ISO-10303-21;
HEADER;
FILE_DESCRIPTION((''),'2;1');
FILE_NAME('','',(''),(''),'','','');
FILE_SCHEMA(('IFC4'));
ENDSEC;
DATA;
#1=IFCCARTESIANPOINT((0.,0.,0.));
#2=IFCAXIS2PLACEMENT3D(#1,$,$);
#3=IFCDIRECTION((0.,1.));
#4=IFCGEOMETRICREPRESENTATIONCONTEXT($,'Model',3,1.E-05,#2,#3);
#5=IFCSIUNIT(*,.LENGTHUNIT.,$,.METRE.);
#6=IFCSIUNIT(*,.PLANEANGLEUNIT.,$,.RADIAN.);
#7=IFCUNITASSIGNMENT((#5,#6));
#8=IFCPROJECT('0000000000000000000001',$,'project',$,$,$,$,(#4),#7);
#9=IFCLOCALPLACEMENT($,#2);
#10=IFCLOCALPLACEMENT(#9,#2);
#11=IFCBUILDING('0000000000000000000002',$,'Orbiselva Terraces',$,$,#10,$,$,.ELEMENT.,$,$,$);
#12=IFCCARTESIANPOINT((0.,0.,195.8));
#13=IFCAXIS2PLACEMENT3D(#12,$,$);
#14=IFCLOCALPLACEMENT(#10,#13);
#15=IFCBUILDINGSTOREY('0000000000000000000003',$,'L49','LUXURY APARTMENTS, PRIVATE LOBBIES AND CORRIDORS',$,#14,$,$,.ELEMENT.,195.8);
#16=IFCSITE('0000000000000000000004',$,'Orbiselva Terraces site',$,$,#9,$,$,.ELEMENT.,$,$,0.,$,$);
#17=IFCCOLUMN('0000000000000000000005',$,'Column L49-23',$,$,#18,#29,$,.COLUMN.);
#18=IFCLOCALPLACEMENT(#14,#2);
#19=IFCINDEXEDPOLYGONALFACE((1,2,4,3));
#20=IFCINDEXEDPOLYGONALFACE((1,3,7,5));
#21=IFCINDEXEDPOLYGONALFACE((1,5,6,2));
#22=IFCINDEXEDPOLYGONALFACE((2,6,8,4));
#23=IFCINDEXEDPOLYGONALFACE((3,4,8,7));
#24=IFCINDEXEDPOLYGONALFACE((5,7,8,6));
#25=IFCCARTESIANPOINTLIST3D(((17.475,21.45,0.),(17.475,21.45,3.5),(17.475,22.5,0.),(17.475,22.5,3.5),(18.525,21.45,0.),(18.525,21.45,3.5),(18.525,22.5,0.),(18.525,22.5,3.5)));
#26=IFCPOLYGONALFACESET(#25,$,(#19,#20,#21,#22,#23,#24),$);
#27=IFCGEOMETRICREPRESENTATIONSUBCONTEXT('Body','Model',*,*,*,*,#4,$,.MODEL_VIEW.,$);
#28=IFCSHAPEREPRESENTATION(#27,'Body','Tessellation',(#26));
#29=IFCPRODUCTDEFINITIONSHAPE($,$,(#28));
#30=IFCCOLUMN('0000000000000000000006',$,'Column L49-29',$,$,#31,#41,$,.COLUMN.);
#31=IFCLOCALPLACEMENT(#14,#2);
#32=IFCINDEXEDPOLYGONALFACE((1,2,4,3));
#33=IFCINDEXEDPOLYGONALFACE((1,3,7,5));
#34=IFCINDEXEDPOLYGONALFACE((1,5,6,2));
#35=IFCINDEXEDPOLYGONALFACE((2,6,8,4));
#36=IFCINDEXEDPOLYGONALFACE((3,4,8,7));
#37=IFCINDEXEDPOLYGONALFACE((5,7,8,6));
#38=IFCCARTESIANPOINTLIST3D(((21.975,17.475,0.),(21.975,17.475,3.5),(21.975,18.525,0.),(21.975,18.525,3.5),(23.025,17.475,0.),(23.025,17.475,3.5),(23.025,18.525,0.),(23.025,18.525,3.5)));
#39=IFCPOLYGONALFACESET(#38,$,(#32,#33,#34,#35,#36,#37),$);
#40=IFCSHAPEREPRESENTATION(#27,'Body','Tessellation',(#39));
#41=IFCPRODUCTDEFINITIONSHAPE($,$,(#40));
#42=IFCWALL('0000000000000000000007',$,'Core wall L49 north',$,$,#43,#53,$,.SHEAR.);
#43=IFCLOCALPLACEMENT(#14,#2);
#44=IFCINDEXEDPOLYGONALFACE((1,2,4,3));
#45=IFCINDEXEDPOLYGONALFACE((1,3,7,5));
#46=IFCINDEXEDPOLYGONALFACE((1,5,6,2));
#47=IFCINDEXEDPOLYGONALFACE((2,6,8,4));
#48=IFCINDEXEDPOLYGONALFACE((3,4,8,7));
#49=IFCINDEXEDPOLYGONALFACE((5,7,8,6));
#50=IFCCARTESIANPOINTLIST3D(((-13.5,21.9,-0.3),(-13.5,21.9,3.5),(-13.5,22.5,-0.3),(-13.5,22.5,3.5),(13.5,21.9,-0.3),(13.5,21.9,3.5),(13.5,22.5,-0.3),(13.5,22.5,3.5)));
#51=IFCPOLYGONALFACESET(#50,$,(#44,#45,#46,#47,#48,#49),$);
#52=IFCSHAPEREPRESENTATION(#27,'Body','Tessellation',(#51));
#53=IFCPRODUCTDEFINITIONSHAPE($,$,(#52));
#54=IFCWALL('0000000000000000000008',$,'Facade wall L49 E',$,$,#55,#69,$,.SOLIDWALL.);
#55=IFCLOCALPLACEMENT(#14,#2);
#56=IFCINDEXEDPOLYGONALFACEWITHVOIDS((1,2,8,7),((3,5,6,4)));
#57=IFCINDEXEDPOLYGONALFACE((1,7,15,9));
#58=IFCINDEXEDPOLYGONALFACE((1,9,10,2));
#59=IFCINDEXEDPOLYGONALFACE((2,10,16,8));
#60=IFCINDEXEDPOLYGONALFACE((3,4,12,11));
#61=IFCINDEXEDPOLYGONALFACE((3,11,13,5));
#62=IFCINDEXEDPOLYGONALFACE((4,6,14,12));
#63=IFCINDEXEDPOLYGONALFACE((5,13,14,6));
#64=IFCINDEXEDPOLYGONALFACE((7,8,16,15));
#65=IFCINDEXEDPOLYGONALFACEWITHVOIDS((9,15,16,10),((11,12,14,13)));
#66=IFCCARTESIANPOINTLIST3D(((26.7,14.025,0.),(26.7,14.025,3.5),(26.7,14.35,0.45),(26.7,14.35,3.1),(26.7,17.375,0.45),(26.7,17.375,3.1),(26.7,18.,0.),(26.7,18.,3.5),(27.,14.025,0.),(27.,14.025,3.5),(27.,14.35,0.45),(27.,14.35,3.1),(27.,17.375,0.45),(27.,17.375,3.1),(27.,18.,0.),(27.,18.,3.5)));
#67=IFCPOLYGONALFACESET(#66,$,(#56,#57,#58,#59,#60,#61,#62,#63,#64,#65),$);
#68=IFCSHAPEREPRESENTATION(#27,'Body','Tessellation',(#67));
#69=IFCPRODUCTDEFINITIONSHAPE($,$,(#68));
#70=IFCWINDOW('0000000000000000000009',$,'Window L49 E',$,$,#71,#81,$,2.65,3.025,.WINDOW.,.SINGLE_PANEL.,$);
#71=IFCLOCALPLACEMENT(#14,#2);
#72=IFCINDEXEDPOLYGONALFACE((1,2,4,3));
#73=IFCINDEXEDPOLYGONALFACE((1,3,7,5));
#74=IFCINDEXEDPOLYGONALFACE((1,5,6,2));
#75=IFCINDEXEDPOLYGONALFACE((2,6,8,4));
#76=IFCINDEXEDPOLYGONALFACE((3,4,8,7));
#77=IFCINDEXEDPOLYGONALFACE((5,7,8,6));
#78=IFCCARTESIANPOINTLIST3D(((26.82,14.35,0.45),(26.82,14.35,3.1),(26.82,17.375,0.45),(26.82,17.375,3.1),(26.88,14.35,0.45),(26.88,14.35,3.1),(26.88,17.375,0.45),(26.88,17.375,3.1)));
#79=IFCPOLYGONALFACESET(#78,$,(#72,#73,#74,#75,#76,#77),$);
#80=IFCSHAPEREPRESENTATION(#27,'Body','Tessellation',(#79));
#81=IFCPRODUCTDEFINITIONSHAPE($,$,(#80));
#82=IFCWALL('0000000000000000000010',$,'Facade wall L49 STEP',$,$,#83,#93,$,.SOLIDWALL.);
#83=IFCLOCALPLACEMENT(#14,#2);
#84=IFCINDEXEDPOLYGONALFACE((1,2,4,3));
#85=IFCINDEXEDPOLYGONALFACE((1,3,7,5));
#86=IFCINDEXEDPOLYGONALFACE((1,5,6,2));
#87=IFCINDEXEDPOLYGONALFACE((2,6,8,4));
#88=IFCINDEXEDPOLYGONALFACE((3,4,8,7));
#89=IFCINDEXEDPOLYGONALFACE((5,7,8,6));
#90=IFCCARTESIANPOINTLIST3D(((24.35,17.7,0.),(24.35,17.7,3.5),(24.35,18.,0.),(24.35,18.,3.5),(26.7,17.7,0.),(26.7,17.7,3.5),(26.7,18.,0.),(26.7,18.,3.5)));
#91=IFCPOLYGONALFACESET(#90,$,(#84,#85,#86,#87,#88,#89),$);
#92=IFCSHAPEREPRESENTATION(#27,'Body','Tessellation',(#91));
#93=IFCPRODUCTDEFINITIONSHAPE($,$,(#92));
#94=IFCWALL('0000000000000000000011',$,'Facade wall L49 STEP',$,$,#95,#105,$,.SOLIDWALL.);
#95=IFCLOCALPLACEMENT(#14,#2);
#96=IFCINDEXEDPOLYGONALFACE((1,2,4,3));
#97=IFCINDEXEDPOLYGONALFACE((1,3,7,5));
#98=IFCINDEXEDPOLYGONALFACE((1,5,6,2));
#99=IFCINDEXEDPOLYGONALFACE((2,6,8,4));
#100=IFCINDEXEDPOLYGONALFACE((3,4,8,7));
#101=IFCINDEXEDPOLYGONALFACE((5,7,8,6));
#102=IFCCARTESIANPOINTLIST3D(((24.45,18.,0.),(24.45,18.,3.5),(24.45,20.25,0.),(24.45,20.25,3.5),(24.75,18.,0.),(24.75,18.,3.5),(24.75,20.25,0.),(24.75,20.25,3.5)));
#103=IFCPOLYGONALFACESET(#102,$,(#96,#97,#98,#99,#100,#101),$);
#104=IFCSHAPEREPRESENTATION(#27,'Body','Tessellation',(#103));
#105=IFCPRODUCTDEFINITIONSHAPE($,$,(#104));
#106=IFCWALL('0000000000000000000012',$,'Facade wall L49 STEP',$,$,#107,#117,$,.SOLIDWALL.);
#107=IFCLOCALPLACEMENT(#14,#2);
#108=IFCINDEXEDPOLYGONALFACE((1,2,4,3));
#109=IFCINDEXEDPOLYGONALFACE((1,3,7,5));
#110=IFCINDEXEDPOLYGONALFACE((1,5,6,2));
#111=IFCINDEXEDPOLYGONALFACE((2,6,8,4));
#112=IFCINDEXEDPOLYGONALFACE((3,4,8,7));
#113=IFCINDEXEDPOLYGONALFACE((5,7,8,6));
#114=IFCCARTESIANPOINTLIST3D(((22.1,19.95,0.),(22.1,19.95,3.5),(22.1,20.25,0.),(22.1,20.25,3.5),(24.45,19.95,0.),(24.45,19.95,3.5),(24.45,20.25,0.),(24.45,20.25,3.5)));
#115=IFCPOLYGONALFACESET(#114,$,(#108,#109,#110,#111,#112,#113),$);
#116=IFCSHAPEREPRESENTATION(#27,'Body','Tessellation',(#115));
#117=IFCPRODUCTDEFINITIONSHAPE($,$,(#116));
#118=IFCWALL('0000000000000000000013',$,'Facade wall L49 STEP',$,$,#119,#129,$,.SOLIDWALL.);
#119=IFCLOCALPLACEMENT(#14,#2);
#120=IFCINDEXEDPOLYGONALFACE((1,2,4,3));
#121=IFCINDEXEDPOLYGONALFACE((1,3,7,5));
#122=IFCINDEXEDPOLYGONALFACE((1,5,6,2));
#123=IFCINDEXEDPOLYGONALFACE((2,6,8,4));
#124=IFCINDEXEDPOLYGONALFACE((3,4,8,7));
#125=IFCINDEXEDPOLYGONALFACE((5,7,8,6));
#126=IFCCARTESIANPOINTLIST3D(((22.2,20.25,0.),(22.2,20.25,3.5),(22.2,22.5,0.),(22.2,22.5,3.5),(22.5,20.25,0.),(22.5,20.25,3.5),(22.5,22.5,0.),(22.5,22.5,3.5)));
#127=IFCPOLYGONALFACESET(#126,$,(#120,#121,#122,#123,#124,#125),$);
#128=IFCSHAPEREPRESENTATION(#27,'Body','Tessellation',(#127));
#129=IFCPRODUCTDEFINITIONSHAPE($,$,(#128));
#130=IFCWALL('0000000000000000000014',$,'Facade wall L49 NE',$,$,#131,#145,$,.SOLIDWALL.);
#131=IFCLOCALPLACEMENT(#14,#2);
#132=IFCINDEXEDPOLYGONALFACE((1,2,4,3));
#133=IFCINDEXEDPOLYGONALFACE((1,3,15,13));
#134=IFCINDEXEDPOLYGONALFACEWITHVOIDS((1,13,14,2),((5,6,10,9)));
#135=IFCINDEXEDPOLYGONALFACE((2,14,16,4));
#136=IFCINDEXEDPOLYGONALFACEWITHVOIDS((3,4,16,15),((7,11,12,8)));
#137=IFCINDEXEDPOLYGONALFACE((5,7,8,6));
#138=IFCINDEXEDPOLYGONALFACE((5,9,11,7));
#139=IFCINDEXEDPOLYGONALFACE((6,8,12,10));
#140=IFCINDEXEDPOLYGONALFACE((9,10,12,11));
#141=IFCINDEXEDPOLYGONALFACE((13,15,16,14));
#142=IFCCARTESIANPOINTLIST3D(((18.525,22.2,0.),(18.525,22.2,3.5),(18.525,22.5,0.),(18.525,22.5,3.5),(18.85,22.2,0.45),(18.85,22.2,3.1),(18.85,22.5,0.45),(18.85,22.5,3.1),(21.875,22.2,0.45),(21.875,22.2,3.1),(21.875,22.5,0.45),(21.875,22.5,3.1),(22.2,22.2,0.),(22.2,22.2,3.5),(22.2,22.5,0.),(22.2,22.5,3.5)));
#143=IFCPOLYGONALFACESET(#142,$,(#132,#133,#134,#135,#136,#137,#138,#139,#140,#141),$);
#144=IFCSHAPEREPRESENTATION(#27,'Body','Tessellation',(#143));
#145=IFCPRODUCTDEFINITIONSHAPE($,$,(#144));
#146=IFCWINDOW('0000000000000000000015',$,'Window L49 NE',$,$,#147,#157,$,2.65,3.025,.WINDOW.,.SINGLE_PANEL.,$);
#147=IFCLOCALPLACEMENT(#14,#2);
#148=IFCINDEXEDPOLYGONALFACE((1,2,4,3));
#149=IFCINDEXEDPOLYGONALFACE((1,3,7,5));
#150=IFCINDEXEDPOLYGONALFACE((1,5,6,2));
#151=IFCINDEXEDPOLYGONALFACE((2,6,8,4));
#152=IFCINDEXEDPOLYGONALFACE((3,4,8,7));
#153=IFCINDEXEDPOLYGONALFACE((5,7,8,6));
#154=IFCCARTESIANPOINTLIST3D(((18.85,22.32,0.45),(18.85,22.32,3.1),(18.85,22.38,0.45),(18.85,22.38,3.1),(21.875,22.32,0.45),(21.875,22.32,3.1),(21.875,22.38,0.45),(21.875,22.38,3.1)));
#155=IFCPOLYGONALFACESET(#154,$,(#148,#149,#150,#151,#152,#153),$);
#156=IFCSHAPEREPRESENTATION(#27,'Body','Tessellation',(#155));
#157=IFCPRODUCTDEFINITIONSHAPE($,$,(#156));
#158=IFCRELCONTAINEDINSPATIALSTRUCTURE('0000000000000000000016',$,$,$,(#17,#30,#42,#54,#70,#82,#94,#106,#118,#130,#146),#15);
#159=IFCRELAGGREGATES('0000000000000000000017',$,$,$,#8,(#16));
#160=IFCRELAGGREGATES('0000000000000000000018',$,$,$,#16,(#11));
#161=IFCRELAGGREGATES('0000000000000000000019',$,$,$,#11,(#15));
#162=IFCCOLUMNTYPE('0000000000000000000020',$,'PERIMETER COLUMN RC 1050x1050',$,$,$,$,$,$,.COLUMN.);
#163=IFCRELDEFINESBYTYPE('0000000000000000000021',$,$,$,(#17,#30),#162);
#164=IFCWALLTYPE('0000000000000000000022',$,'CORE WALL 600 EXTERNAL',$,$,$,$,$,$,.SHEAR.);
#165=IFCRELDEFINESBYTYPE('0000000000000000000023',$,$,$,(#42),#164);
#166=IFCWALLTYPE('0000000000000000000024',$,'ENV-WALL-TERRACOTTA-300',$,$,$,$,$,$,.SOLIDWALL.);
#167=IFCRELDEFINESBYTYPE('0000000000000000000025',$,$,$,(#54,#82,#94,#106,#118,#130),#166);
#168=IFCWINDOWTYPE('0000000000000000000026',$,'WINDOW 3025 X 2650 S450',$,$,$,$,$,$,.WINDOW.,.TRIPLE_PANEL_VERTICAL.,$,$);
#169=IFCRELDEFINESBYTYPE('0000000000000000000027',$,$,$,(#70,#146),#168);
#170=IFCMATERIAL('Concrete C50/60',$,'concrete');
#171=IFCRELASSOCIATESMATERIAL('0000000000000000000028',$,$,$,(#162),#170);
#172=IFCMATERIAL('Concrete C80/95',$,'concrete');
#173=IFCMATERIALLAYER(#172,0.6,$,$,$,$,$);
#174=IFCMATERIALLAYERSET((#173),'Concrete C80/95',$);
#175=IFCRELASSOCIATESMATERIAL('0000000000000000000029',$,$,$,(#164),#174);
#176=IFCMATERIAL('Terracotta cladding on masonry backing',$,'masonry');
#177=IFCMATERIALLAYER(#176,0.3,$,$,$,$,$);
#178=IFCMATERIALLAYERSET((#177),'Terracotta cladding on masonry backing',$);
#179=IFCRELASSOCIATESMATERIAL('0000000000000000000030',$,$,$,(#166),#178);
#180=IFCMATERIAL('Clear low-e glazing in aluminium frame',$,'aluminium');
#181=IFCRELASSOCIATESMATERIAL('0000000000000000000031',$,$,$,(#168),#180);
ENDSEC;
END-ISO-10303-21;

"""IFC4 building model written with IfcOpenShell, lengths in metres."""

from ifc_helpers import new_model, si_unit, direction, frame, frame_2d, origin, origin_2d, place, context, subcontext, project, spatial, rectangle, extrude, material, layer, layer_set, material_profile, profile_set, type_object, element, fill, save


model = new_model("IFC4")

# Units and contexts
model_context = context("Model", 3, precision=1e-05, world=origin(), true_north=direction((0.0, 1.0)))
body_context = subcontext(model_context, "Body", "Model", "MODEL_VIEW")
ifc_project = project(units=[si_unit("LENGTHUNIT", "METRE"), si_unit("PLANEANGLEUNIT", "RADIAN")], contexts=[model_context])

# Site, building, storey
site_placement = place(None, origin())
site = spatial("IfcSite", under=ifc_project, at=site_placement, Name="Orbiselva Terraces site", CompositionType="ELEMENT", RefElevation=0.0)
building_placement = place(site_placement, origin())
building = spatial("IfcBuilding", under=site, at=building_placement, Name="Orbiselva Terraces", CompositionType="ELEMENT")
storey_placement = place(building_placement, frame((0.0, 0.0, 195.8)))
storey = spatial("IfcBuildingStorey", under=building, at=storey_placement, Name="L49", Description="LUXURY APARTMENTS, PRIVATE LOBBIES AND CORRIDORS", CompositionType="ELEMENT", Elevation=195.8)

# Columns
ifc_material_1 = material(Name="Concrete C50/60", Category="concrete")
ifc_material_profile = material_profile(ifc_material_1, rectangle(XDim=1.05, YDim=1.05, at=origin_2d()), Name="RC 1050x1050")
ifc_profile_set = profile_set([ifc_material_profile], Name="Concrete C50/60")
column_type = type_object("IfcColumnType", Name="PERIMETER COLUMN RC 1050x1050", PredefinedType="COLUMN", material=ifc_profile_set)
for number, where, z_axis, x_axis, name in (
    (1, (18.0, 21.975, 0.0), (0.0, 0.0, 1.0), (1.0, 0.0, 0.0), "Column L49-23"),
    (2, (22.5, 18.0, 0.0), (0.0, 0.0, 1.0), (1.0, 0.0, 0.0), "Column L49-29"),
):
    element("IfcColumn", number, at=place(storey_placement, frame(where, z_axis=z_axis, x_axis=x_axis)), inside=storey, type_object=column_type, Name=name, PredefinedType="COLUMN", context=body_context, shape_type="SweptSolid", body=[
        extrude(rectangle(XDim=1.05, YDim=1.05, at=origin_2d()), origin(), (0.0, 0.0, 1.0), 3.5),
    ])

# Wall
ifc_material_2 = material(Name="Concrete C80/95", Category="concrete")
ifc_layer_1 = layer(ifc_material_2, 0.6)
ifc_layer_set_1 = layer_set([ifc_layer_1], Name="Concrete C80/95")
wall_type_1 = type_object("IfcWallType", Name="CORE WALL 600 EXTERNAL", PredefinedType="SHEAR", material=ifc_layer_set_1)
wall_1_placement = place(storey_placement, frame((13.5, 22.2, -0.3), z_axis=(0.0, 0.0, 1.0), x_axis=(-1.0, 0.0, 0.0)))
element("IfcWall", 3, at=wall_1_placement, inside=storey, type_object=wall_type_1, Name="Core wall L49 north", PredefinedType="SHEAR", context=body_context, shape_type="SweptSolid", body=[
    extrude(rectangle(XDim=27.0, YDim=0.6, at=frame_2d((13.5, 0.0))), origin(), (0.0, 0.0, 1.0), 3.8),
])

# Wall, opening, window
ifc_material_3 = material(Name="Terracotta cladding on masonry backing", Category="masonry")
ifc_layer_2 = layer(ifc_material_3, 0.3)
ifc_layer_set_2 = layer_set([ifc_layer_2], Name="Terracotta cladding on masonry backing")
wall_type_2 = type_object("IfcWallType", Name="ENV-WALL-TERRACOTTA-300", PredefinedType="SOLIDWALL", material=ifc_layer_set_2)
wall_2_placement = place(storey_placement, frame((26.85, 18.0, 0.0), z_axis=(0.0, 0.0, 1.0), x_axis=(0.0, -1.0, 0.0)))
wall_2 = element("IfcWall", 4, at=wall_2_placement, inside=storey, type_object=wall_type_2, Name="Facade wall L49 E", PredefinedType="SOLIDWALL", context=body_context, shape_type="SweptSolid", body=[
    extrude(rectangle(XDim=3.975, YDim=0.3, at=frame_2d((1.9875, 0.0))), origin(), (0.0, 0.0, 1.0), 3.5),
])
opening_1_placement = place(wall_2_placement, frame((0.625, 0.0, 0.45)))
opening_1 = element("IfcOpeningElement", 5, at=opening_1_placement, cuts=wall_2, PredefinedType="OPENING", context=body_context, shape_type="SweptSolid", body=[
    extrude(rectangle(XDim=3.025, YDim=2.65, at=frame_2d((1.5125, 1.325))), frame((0.0, 0.16, 0.0), z_axis=(0.0, -1.0, 0.0), x_axis=(1.0, 0.0, 0.0)), (0.0, 0.0, 1.0), 0.32),
])
ifc_material_4 = material(Name="Clear low-e glazing in aluminium frame", Category="aluminium")
window_type = type_object("IfcWindowType", Name="WINDOW 3025 X 2650 S450", PartitioningType="TRIPLE_PANEL_VERTICAL", PredefinedType="WINDOW", material=ifc_material_4)
window_1_placement = place(opening_1_placement, origin())
window_1 = element("IfcWindow", 6, at=window_1_placement, inside=storey, type_object=window_type, Name="Window L49 E", OverallHeight=2.65, OverallWidth=3.025, PartitioningType="SINGLE_PANEL", PredefinedType="WINDOW", context=body_context, shape_type="SweptSolid", body=[
    extrude(rectangle(XDim=3.025, YDim=2.65, at=frame_2d((1.5125, 1.325))), frame((0.0, 0.03, 0.0), z_axis=(0.0, -1.0, 0.0), x_axis=(1.0, 0.0, 0.0)), (0.0, 0.0, 1.0), 0.06),
])
fill(opening_1, window_1)

# Walls
wall_3_placement = place(storey_placement, frame((24.35, 17.85, 0.0), z_axis=(0.0, 0.0, 1.0), x_axis=(1.0, 0.0, 0.0)))
element("IfcWall", 7, at=wall_3_placement, inside=storey, type_object=wall_type_2, Name="Facade wall L49 STEP", PredefinedType="SOLIDWALL", context=body_context, shape_type="SweptSolid", body=[
    extrude(rectangle(XDim=2.35, YDim=0.3, at=frame_2d((1.175, 0.0))), origin(), (0.0, 0.0, 1.0), 3.5),
])
wall_4_placement = place(storey_placement, frame((24.6, 20.25, 0.0), z_axis=(0.0, 0.0, 1.0), x_axis=(0.0, -1.0, 0.0)))
element("IfcWall", 8, at=wall_4_placement, inside=storey, type_object=wall_type_2, Name="Facade wall L49 STEP", PredefinedType="SOLIDWALL", context=body_context, shape_type="SweptSolid", body=[
    extrude(rectangle(XDim=2.25, YDim=0.3, at=frame_2d((1.125, 0.0))), origin(), (0.0, 0.0, 1.0), 3.5),
])
wall_5_placement = place(storey_placement, frame((22.1, 20.1, 0.0), z_axis=(0.0, 0.0, 1.0), x_axis=(1.0, 0.0, 0.0)))
element("IfcWall", 9, at=wall_5_placement, inside=storey, type_object=wall_type_2, Name="Facade wall L49 STEP", PredefinedType="SOLIDWALL", context=body_context, shape_type="SweptSolid", body=[
    extrude(rectangle(XDim=2.35, YDim=0.3, at=frame_2d((1.175, 0.0))), origin(), (0.0, 0.0, 1.0), 3.5),
])
wall_6_placement = place(storey_placement, frame((22.35, 22.5, 0.0), z_axis=(0.0, 0.0, 1.0), x_axis=(0.0, -1.0, 0.0)))
element("IfcWall", 10, at=wall_6_placement, inside=storey, type_object=wall_type_2, Name="Facade wall L49 STEP", PredefinedType="SOLIDWALL", context=body_context, shape_type="SweptSolid", body=[
    extrude(rectangle(XDim=2.25, YDim=0.3, at=frame_2d((1.125, 0.0))), origin(), (0.0, 0.0, 1.0), 3.5),
])

# Wall, opening, window
wall_7_placement = place(storey_placement, frame((18.525, 22.35, 0.0), z_axis=(0.0, 0.0, 1.0), x_axis=(1.0, 0.0, 0.0)))
wall_7 = element("IfcWall", 11, at=wall_7_placement, inside=storey, type_object=wall_type_2, Name="Facade wall L49 NE", PredefinedType="SOLIDWALL", context=body_context, shape_type="SweptSolid", body=[
    extrude(rectangle(XDim=3.675, YDim=0.3, at=frame_2d((1.8375, 0.0))), origin(), (0.0, 0.0, 1.0), 3.5),
])
opening_2_placement = place(wall_7_placement, frame((0.325, 0.0, 0.45)))
opening_2 = element("IfcOpeningElement", 12, at=opening_2_placement, cuts=wall_7, PredefinedType="OPENING", context=body_context, shape_type="SweptSolid", body=[
    extrude(rectangle(XDim=3.025, YDim=2.65, at=frame_2d((1.5125, 1.325))), frame((0.0, 0.16, 0.0), z_axis=(0.0, -1.0, 0.0), x_axis=(1.0, 0.0, 0.0)), (0.0, 0.0, 1.0), 0.32),
])
window_2_placement = place(opening_2_placement, origin())
window_2 = element("IfcWindow", 13, at=window_2_placement, inside=storey, type_object=window_type, Name="Window L49 NE", OverallHeight=2.65, OverallWidth=3.025, PartitioningType="SINGLE_PANEL", PredefinedType="WINDOW", context=body_context, shape_type="SweptSolid", body=[
    extrude(rectangle(XDim=3.025, YDim=2.65, at=frame_2d((1.5125, 1.325))), frame((0.0, 0.03, 0.0), z_axis=(0.0, -1.0, 0.0), x_axis=(1.0, 0.0, 0.0)), (0.0, 0.0, 1.0), 0.06),
])
fill(opening_2, window_2)

save(model, "model.ifc")
